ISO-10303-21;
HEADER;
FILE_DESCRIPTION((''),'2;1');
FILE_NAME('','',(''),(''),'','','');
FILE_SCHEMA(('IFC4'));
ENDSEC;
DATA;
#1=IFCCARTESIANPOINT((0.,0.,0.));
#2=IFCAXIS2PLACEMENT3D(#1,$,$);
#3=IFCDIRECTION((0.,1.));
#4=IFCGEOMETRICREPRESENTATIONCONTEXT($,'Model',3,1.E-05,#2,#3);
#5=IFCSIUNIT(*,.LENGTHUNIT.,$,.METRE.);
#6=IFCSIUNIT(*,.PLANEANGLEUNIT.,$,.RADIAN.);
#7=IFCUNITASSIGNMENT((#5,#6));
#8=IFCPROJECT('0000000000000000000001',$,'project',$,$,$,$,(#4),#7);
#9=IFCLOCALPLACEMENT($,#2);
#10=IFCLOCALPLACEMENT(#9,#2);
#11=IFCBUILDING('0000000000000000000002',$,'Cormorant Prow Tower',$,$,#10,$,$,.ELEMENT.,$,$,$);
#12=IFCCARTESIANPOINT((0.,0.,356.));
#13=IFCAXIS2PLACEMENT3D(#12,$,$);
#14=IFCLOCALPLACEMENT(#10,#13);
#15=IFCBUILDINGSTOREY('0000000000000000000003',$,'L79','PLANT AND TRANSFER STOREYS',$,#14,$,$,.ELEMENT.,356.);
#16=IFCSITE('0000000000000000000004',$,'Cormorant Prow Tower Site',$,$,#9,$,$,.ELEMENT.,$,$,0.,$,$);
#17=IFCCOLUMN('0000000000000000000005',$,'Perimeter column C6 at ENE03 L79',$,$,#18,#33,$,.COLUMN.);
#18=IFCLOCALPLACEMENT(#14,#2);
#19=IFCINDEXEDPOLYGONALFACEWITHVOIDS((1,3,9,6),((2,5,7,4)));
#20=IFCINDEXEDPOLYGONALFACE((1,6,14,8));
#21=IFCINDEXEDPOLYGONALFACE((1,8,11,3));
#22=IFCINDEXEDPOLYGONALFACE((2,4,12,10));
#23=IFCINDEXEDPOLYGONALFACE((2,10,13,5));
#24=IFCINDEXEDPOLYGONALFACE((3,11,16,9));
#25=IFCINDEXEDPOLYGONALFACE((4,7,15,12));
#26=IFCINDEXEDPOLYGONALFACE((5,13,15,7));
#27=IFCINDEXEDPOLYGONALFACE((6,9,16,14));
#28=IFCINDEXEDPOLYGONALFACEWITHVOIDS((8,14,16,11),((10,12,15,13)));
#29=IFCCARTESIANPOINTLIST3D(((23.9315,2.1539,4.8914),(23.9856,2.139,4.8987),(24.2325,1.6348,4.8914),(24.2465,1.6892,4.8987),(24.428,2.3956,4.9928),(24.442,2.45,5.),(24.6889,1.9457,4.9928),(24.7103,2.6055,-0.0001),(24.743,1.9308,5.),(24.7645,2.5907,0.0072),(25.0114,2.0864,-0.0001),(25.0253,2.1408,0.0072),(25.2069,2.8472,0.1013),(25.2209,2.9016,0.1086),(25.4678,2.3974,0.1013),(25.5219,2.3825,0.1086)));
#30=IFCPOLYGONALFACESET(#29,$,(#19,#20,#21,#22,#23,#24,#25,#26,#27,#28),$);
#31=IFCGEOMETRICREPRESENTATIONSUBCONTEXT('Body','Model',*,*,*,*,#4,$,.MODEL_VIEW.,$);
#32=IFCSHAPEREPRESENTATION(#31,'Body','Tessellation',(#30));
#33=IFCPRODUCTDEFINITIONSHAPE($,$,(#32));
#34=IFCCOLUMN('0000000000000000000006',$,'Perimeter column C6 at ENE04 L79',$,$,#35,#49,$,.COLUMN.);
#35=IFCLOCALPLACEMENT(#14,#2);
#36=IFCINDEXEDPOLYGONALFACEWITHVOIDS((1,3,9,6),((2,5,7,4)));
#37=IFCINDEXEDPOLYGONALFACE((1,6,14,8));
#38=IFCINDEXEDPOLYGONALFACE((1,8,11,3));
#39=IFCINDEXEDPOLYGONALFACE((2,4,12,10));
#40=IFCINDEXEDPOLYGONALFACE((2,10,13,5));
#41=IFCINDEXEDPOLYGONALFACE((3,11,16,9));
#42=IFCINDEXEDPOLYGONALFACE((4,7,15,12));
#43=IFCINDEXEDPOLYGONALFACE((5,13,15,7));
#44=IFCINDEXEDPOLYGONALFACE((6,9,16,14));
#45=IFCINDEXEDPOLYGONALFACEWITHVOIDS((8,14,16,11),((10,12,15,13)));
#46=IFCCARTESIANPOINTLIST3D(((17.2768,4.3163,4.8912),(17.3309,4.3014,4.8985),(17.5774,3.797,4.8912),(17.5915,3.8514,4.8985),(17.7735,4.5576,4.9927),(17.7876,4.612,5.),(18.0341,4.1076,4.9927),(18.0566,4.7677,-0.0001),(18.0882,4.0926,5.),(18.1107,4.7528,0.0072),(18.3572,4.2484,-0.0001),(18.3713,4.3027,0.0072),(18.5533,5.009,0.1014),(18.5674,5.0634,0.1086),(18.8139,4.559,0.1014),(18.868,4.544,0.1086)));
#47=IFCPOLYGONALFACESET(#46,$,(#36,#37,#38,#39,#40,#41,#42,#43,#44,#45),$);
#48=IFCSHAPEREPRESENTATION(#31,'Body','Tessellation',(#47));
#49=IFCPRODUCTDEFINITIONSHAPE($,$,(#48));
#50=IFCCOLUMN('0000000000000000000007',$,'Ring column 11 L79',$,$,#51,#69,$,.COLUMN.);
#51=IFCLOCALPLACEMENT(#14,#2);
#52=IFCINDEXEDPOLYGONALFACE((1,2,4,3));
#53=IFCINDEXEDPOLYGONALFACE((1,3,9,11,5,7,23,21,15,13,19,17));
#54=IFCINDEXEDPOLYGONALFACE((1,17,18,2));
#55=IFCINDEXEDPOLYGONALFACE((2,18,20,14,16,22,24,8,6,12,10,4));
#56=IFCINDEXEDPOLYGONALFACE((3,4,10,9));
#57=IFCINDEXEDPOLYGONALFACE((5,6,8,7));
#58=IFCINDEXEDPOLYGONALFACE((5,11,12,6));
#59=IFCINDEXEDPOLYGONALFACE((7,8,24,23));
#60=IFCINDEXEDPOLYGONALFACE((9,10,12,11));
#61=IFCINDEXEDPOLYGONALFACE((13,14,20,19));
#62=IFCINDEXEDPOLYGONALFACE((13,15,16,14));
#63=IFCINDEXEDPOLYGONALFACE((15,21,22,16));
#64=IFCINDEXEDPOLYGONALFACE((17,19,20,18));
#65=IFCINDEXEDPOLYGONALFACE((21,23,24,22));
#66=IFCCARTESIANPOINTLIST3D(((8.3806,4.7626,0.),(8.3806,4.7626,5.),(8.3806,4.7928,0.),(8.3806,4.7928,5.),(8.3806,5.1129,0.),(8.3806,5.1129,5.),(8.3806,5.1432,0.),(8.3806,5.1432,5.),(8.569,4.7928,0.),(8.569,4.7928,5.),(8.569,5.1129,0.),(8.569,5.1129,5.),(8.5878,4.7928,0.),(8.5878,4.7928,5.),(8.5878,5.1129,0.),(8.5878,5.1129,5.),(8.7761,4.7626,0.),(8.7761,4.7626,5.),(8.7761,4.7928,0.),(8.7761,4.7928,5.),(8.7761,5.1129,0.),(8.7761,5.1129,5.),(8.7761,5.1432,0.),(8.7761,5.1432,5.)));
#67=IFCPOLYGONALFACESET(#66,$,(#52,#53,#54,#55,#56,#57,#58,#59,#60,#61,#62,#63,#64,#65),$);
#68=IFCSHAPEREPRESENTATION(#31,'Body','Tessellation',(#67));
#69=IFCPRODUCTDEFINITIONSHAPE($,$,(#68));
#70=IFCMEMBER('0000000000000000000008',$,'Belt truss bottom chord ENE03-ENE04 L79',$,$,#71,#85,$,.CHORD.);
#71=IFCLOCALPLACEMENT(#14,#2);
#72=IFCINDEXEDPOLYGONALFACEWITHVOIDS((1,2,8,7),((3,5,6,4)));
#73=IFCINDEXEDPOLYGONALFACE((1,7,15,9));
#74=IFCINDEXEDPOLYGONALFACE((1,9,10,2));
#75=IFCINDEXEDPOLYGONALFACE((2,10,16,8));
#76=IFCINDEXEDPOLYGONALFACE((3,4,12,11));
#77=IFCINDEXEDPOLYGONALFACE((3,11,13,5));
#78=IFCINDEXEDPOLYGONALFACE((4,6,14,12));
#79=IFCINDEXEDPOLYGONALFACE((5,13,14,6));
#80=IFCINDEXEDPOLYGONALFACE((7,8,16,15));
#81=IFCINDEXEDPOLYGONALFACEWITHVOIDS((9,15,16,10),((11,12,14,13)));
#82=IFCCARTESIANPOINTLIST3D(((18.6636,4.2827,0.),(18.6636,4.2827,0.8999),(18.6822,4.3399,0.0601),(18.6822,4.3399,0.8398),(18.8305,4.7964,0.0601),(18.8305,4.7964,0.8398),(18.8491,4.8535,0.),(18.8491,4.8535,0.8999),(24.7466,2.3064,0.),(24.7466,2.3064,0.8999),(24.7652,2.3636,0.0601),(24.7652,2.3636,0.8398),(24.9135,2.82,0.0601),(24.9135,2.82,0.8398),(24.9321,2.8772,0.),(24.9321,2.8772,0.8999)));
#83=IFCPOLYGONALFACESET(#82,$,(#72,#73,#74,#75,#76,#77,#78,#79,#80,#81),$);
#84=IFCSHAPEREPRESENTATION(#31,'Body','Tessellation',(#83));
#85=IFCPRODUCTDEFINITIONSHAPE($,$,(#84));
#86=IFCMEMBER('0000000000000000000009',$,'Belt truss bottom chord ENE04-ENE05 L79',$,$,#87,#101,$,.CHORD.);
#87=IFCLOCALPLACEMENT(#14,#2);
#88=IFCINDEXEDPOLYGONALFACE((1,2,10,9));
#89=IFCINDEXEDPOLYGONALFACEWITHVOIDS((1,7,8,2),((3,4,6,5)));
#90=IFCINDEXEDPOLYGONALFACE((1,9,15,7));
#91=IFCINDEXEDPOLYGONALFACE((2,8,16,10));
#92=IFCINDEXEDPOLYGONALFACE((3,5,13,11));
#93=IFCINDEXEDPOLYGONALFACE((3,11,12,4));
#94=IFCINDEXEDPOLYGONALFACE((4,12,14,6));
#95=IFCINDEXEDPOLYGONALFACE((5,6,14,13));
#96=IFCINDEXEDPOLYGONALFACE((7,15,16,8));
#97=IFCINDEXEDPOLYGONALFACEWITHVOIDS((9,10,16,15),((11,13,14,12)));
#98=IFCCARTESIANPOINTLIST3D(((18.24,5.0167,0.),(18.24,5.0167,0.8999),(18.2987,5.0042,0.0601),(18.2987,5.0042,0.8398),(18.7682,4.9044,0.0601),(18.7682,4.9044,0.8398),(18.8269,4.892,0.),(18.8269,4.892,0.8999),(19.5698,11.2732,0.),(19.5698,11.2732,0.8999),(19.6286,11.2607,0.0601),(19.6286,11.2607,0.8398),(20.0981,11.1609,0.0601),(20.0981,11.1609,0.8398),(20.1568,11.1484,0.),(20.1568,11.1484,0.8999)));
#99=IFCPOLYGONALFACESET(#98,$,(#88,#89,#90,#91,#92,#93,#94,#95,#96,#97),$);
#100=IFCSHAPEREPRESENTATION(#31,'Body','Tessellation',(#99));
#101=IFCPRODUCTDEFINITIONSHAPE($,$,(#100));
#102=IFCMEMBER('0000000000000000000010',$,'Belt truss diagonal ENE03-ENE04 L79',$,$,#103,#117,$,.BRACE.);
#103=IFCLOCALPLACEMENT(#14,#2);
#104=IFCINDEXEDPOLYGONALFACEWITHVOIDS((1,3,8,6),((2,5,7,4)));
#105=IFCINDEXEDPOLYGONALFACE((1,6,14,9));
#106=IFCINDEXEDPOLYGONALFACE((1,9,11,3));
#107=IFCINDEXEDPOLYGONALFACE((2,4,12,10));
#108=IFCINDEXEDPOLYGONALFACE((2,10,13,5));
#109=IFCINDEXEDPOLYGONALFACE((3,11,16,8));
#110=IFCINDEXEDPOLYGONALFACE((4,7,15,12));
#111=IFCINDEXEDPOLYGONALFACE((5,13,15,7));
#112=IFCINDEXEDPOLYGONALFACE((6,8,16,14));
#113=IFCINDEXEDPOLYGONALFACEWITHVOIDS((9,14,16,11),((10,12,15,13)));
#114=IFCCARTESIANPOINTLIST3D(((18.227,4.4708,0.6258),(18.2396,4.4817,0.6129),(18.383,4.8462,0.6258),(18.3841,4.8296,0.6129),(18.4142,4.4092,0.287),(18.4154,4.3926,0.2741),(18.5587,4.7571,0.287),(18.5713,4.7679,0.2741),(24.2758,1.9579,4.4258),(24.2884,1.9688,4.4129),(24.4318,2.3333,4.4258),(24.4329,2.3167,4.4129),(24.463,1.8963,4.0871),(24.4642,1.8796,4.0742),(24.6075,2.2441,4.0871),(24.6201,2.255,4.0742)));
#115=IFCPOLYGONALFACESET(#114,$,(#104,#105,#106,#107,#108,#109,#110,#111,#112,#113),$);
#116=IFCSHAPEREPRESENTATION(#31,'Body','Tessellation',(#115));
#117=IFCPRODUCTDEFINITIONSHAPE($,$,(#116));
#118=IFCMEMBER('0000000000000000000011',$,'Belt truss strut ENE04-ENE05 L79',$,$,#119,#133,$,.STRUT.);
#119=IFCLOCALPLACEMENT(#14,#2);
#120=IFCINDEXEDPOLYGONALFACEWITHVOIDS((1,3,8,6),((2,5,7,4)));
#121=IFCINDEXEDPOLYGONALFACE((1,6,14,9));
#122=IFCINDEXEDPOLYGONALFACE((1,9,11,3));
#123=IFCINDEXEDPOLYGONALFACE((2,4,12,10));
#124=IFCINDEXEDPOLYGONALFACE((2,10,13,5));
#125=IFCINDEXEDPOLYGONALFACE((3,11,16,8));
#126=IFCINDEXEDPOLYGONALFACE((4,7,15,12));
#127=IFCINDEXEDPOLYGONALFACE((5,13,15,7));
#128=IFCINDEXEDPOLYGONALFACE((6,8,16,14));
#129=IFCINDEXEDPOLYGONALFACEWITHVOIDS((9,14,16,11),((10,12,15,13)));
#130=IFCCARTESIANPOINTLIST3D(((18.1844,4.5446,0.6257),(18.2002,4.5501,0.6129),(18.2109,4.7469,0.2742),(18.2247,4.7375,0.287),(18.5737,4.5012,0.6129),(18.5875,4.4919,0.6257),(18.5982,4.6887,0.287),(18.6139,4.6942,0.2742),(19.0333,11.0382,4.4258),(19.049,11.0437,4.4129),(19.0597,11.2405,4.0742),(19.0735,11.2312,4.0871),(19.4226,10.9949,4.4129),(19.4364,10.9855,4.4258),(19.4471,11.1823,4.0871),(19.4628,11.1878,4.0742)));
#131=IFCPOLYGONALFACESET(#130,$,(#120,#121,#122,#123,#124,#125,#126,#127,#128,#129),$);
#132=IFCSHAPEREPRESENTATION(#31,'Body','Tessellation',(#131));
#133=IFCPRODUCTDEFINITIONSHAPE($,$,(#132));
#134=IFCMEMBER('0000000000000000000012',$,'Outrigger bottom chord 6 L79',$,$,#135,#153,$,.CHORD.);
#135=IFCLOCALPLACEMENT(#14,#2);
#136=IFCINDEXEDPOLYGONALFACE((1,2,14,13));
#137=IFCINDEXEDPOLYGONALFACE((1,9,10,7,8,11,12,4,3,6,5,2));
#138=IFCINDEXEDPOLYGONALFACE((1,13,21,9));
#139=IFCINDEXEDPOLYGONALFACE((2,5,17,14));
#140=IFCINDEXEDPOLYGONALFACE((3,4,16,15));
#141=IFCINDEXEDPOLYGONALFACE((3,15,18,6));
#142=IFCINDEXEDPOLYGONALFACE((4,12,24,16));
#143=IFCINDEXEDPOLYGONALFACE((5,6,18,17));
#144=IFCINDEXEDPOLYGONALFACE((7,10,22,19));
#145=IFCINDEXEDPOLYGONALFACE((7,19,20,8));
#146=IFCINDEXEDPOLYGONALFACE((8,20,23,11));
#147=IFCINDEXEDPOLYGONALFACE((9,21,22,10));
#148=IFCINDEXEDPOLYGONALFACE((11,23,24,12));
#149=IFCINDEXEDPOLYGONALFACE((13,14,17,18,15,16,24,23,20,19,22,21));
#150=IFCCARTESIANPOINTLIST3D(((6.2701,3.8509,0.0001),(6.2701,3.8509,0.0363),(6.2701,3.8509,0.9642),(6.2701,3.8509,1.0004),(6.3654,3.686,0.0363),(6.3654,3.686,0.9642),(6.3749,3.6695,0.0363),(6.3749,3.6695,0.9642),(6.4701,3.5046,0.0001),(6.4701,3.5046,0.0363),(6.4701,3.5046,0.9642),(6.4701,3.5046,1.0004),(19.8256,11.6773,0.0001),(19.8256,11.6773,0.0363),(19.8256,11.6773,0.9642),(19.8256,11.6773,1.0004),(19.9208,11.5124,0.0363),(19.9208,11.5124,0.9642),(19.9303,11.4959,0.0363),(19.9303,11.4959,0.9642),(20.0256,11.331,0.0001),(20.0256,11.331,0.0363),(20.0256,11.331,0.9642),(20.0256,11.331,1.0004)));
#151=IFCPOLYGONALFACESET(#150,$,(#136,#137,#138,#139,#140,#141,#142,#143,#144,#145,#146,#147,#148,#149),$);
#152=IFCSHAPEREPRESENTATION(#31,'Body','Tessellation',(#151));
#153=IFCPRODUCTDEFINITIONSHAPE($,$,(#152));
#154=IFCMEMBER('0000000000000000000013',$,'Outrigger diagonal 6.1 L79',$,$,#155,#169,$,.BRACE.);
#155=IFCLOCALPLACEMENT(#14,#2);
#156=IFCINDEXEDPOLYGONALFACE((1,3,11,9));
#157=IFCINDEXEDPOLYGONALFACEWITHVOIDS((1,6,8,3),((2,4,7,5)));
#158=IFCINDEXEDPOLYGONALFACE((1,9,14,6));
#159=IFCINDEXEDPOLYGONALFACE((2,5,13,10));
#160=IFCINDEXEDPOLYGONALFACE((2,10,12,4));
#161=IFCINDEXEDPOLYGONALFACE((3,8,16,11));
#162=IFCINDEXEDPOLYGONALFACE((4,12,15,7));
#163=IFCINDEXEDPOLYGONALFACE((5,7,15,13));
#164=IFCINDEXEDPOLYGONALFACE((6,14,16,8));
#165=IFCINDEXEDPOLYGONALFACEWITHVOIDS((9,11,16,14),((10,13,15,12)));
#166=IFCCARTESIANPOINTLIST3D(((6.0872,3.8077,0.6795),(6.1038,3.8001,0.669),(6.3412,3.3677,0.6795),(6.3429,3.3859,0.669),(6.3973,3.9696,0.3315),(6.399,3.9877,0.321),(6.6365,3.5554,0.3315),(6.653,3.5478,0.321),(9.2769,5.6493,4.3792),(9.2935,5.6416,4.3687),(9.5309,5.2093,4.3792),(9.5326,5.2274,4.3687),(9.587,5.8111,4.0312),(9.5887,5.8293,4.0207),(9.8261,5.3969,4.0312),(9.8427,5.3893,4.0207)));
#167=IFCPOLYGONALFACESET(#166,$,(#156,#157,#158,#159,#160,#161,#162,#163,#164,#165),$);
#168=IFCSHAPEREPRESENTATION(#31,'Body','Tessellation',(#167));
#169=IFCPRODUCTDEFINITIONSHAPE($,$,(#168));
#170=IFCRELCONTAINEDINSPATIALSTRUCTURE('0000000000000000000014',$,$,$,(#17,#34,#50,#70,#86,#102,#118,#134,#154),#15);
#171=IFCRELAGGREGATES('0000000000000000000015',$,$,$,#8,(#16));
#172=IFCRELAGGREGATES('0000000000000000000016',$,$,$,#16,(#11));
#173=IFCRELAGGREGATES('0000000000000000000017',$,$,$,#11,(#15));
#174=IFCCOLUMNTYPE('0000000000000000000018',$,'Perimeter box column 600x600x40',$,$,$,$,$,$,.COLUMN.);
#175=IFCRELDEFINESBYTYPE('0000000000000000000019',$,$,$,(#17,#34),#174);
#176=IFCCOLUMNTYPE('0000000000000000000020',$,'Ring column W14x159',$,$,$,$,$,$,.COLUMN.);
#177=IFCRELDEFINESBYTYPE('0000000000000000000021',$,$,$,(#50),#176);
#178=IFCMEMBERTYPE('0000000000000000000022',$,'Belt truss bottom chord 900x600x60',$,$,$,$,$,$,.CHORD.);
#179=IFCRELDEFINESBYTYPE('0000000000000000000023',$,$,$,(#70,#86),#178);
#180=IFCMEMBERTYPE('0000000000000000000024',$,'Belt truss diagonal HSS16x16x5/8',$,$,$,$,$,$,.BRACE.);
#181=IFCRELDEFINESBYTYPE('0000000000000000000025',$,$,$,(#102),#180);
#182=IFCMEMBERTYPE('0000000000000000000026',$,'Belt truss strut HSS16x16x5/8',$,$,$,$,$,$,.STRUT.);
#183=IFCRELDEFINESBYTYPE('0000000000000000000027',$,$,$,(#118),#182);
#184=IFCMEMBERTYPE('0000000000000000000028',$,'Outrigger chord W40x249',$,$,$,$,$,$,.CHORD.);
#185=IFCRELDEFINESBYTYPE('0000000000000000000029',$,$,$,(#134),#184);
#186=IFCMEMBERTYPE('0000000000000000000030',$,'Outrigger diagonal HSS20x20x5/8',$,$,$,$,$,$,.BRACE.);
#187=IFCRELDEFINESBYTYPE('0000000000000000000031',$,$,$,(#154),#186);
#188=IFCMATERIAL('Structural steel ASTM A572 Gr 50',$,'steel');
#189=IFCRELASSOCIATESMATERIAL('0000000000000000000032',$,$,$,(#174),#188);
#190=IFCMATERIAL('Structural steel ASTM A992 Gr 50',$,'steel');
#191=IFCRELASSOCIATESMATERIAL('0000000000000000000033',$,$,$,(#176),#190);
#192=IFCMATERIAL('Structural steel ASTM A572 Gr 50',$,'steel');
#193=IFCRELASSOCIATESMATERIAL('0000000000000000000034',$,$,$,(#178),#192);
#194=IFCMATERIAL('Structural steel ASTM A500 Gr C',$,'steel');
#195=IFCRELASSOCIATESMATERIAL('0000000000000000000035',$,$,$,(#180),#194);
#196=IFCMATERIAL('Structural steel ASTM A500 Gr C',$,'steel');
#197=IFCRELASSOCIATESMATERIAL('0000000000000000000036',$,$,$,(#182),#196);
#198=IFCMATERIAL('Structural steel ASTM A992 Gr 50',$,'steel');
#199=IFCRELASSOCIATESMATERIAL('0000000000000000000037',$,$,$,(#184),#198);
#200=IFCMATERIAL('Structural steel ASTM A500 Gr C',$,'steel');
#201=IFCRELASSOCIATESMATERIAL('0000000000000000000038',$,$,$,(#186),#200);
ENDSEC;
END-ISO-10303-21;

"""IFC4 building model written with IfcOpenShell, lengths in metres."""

from ifc_helpers import new_model, si_unit, direction, frame, origin, origin_2d, place, context, subcontext, project, spatial, hollow_rectangle, i_section, extrude, material, material_profile, profile_set, type_object, element, save


model = new_model("IFC4")

# Units and contexts
model_context = context("Model", 3, precision=1e-05, world=origin(), true_north=direction((0.0, 1.0)))
body_context = subcontext(model_context, "Body", "Model", "MODEL_VIEW")
ifc_project = project(units=[si_unit("LENGTHUNIT", "METRE"), si_unit("PLANEANGLEUNIT", "RADIAN")], contexts=[model_context])

# Site, building, storey
site_placement = place(None, origin())
site = spatial("IfcSite", under=ifc_project, at=site_placement, Name="Cormorant Prow Tower Site", CompositionType="ELEMENT", RefElevation=0.0)
building_placement = place(site_placement, origin())
building = spatial("IfcBuilding", under=site, at=building_placement, Name="Cormorant Prow Tower", CompositionType="ELEMENT")
storey_placement = place(building_placement, frame((0.0, 0.0, 356.0)))
storey = spatial("IfcBuildingStorey", under=building, at=storey_placement, Name="L79", Description="PLANT AND TRANSFER STOREYS", CompositionType="ELEMENT", Elevation=356.0)

# Columns
ifc_material_1 = material(Name="Structural steel ASTM A572 Gr 50", Category="steel")
ifc_material_profile_1 = material_profile(ifc_material_1, hollow_rectangle(XDim=0.6001, YDim=0.6001, WallThickness=0.04, at=origin_2d()), Name="Box 600x600x40")
ifc_profile_set_1 = profile_set([ifc_material_profile_1], Name="Structural steel ASTM A572 Gr 50")
column_type_1 = type_object("IfcColumnType", Name="Perimeter box column 600x600x40", PredefinedType="COLUMN", material=ifc_profile_set_1)
for number, where, z_axis, x_axis, name in (
    (1, (25.1248, 2.499, 0.0), (-0.156598, -0.090809, 0.983479), (0.501643, -0.865075, 0.0), "Perimeter column C6 at ENE03 L79"),
    (2, (18.4709, 4.6609, 0.0), (-0.156786, -0.090758, 0.983454), (0.500984, -0.865457, 0.0), "Perimeter column C6 at ENE04 L79"),
):
    element("IfcColumn", number, at=place(storey_placement, frame(where, z_axis=z_axis, x_axis=x_axis)), inside=storey, type_object=column_type_1, Name=name, PredefinedType="COLUMN", context=body_context, shape_type="SweptSolid", body=[
        extrude(hollow_rectangle(XDim=0.6001, YDim=0.6001, WallThickness=0.04, at=origin_2d()), frame((0.0, 0.0, 0.0552)), (0.0, 0.0, 1.0), 4.9736),
    ])
ifc_material_2 = material(Name="Structural steel ASTM A992 Gr 50", Category="steel")
ifc_material_profile_2 = material_profile(ifc_material_2, i_section(OverallWidth=0.3955, OverallDepth=0.3806, WebThickness=0.0188, FlangeThickness=0.0303, at=origin_2d()), Name="W14x159")
ifc_profile_set_2 = profile_set([ifc_material_profile_2], Name="Structural steel ASTM A992 Gr 50")
column_type_2 = type_object("IfcColumnType", Name="Ring column W14x159", PredefinedType="COLUMN", material=ifc_profile_set_2)
column_placement = place(storey_placement, frame((8.5784, 4.9529, 0.0), z_axis=(0.0, 0.0, 1.0), x_axis=(1.0, 0.0, 0.0)))
element("IfcColumn", 3, at=column_placement, inside=storey, type_object=column_type_2, Name="Ring column 11 L79", PredefinedType="COLUMN", context=body_context, shape_type="SweptSolid", body=[
    extrude(i_section(OverallWidth=0.3955, OverallDepth=0.3806, WebThickness=0.0188, FlangeThickness=0.0303, at=origin_2d()), origin(), (0.0, 0.0, 1.0), 5.0),
])

# Members
ifc_material_3 = material(Name="Structural steel ASTM A572 Gr 50", Category="steel")
ifc_material_profile_3 = material_profile(ifc_material_3, hollow_rectangle(XDim=0.6001, YDim=0.8999, WallThickness=0.0601, at=origin_2d()), Name="Box 900x600x60")
ifc_profile_set_3 = profile_set([ifc_material_profile_3], Name="Structural steel ASTM A572 Gr 50")
member_type_1 = type_object("IfcMemberType", Name="Belt truss bottom chord 900x600x60", PredefinedType="CHORD", material=ifc_profile_set_3)
member_1_placement = place(storey_placement, frame((24.8394, 2.5918, 0.45), z_axis=(-0.951064, 0.308993, 0.0), x_axis=(-0.308993, -0.951064, 0.0)))
element("IfcMember", 4, at=member_1_placement, inside=storey, type_object=member_type_1, Name="Belt truss bottom chord ENE03-ENE04 L79", PredefinedType="CHORD", context=body_context, shape_type="SweptSolid", body=[
    extrude(hollow_rectangle(XDim=0.6001, YDim=0.8999, WallThickness=0.0601, at=origin_2d()), origin(), (0.0, 0.0, 1.0), 6.396),
])
member_2_placement = place(storey_placement, frame((18.5334, 4.9543, 0.45), z_axis=(0.207913, 0.978147, 0.0), x_axis=(-0.978147, 0.207913, 0.0)))
element("IfcMember", 5, at=member_2_placement, inside=storey, type_object=member_type_1, Name="Belt truss bottom chord ENE04-ENE05 L79", PredefinedType="CHORD", context=body_context, shape_type="SweptSolid", body=[
    extrude(hollow_rectangle(XDim=0.6001, YDim=0.8999, WallThickness=0.0601, at=origin_2d()), origin(), (0.0, 0.0, 1.0), 6.3962),
])
ifc_material_4 = material(Name="Structural steel ASTM A500 Gr C", Category="steel")
ifc_material_profile_4 = material_profile(ifc_material_4, hollow_rectangle(XDim=0.4065, YDim=0.4065, WallThickness=0.0149, at=origin_2d()), Name="HSS16x16x5/8")
ifc_profile_set_4 = profile_set([ifc_material_profile_4], Name="Structural steel ASTM A500 Gr C")
member_type_2 = type_object("IfcMemberType", Name="Belt truss diagonal HSS16x16x5/8", PredefinedType="BRACE", material=ifc_profile_set_4)
member_3_placement = place(storey_placement, frame((18.3992, 4.6194, 0.45), z_axis=(0.798783, -0.331848, 0.501819), x_axis=(0.383652, 0.923478, 0.0)))
element("IfcMember", 6, at=member_3_placement, inside=storey, type_object=member_type_2, Name="Belt truss diagonal ENE03-ENE04 L79", PredefinedType="BRACE", context=body_context, shape_type="SweptSolid", body=[
    extrude(hollow_rectangle(XDim=0.4065, YDim=0.4065, WallThickness=0.0149, at=origin_2d()), origin(), (0.0, 0.0, 1.0), 7.5725),
])
ifc_material_5 = material(Name="Structural steel ASTM A500 Gr C", Category="steel")
ifc_material_profile_5 = material_profile(ifc_material_5, hollow_rectangle(XDim=0.4065, YDim=0.4065, WallThickness=0.0149, at=origin_2d()), Name="HSS16x16x5/8")
ifc_profile_set_5 = profile_set([ifc_material_profile_5], Name="Structural steel ASTM A500 Gr C")
member_type_3 = type_object("IfcMemberType", Name="Belt truss strut HSS16x16x5/8", PredefinedType="STRUT", material=ifc_profile_set_5)
member_4_placement = place(storey_placement, frame((18.3992, 4.6194, 0.45), z_axis=(0.112114, 0.857638, 0.501885), x_axis=(-0.991564, 0.129621, 0.0)))
element("IfcMember", 7, at=member_4_placement, inside=storey, type_object=member_type_3, Name="Belt truss strut ENE04-ENE05 L79", PredefinedType="STRUT", context=body_context, shape_type="SweptSolid", body=[
    extrude(hollow_rectangle(XDim=0.4065, YDim=0.4065, WallThickness=0.0149, at=origin_2d()), origin(), (0.0, 0.0, 1.0), 7.5715),
])
ifc_material_6 = material(Name="Structural steel ASTM A992 Gr 50", Category="steel")
ifc_material_profile_6 = material_profile(ifc_material_6, i_section(OverallWidth=0.3999, OverallDepth=1.0002, WebThickness=0.019, FlangeThickness=0.0361, at=origin_2d()), Name="W40x249")
ifc_profile_set_6 = profile_set([ifc_material_profile_6], Name="Structural steel ASTM A992 Gr 50")
member_type_4 = type_object("IfcMemberType", Name="Outrigger chord W40x249", PredefinedType="CHORD", material=ifc_profile_set_6)
member_5_placement = place(storey_placement, frame((6.3701, 3.6777, 0.5002), z_axis=(0.86602, 0.500009, 0.0), x_axis=(-0.500009, 0.86602, 0.0)))
element("IfcMember", 8, at=member_5_placement, inside=storey, type_object=member_type_4, Name="Outrigger bottom chord 6 L79", PredefinedType="CHORD", context=body_context, shape_type="SweptSolid", body=[
    extrude(i_section(OverallWidth=0.3999, OverallDepth=1.0002, WebThickness=0.019, FlangeThickness=0.0361, at=origin_2d()), origin(), (0.0, 0.0, 1.0), 15.6526),
])
ifc_material_7 = material(Name="Structural steel ASTM A500 Gr C", Category="steel")
ifc_material_profile_7 = material_profile(ifc_material_7, hollow_rectangle(XDim=0.5081, YDim=0.5081, WallThickness=0.0149, at=origin_2d()), Name="HSS20x20x5/8")
ifc_profile_set_7 = profile_set([ifc_material_profile_7], Name="Structural steel ASTM A500 Gr C")
member_type_5 = type_object("IfcMemberType", Name="Outrigger diagonal HSS20x20x5/8", PredefinedType="BRACE", material=ifc_profile_set_7)
member_6_placement = place(storey_placement, frame((6.3701, 3.6777, 0.5002), z_axis=(0.610998, 0.352756, 0.708692), x_axis=(-0.499996, 0.866028, 0.0)))
element("IfcMember", 9, at=member_6_placement, inside=storey, type_object=member_type_5, Name="Outrigger diagonal 6.1 L79", PredefinedType="BRACE", context=body_context, shape_type="SweptSolid", body=[
    extrude(hollow_rectangle(XDim=0.5081, YDim=0.5081, WallThickness=0.0149, at=origin_2d()), origin(), (0.0, 0.0, 1.0), 5.2205),
])

save(model, "model.ifc")
